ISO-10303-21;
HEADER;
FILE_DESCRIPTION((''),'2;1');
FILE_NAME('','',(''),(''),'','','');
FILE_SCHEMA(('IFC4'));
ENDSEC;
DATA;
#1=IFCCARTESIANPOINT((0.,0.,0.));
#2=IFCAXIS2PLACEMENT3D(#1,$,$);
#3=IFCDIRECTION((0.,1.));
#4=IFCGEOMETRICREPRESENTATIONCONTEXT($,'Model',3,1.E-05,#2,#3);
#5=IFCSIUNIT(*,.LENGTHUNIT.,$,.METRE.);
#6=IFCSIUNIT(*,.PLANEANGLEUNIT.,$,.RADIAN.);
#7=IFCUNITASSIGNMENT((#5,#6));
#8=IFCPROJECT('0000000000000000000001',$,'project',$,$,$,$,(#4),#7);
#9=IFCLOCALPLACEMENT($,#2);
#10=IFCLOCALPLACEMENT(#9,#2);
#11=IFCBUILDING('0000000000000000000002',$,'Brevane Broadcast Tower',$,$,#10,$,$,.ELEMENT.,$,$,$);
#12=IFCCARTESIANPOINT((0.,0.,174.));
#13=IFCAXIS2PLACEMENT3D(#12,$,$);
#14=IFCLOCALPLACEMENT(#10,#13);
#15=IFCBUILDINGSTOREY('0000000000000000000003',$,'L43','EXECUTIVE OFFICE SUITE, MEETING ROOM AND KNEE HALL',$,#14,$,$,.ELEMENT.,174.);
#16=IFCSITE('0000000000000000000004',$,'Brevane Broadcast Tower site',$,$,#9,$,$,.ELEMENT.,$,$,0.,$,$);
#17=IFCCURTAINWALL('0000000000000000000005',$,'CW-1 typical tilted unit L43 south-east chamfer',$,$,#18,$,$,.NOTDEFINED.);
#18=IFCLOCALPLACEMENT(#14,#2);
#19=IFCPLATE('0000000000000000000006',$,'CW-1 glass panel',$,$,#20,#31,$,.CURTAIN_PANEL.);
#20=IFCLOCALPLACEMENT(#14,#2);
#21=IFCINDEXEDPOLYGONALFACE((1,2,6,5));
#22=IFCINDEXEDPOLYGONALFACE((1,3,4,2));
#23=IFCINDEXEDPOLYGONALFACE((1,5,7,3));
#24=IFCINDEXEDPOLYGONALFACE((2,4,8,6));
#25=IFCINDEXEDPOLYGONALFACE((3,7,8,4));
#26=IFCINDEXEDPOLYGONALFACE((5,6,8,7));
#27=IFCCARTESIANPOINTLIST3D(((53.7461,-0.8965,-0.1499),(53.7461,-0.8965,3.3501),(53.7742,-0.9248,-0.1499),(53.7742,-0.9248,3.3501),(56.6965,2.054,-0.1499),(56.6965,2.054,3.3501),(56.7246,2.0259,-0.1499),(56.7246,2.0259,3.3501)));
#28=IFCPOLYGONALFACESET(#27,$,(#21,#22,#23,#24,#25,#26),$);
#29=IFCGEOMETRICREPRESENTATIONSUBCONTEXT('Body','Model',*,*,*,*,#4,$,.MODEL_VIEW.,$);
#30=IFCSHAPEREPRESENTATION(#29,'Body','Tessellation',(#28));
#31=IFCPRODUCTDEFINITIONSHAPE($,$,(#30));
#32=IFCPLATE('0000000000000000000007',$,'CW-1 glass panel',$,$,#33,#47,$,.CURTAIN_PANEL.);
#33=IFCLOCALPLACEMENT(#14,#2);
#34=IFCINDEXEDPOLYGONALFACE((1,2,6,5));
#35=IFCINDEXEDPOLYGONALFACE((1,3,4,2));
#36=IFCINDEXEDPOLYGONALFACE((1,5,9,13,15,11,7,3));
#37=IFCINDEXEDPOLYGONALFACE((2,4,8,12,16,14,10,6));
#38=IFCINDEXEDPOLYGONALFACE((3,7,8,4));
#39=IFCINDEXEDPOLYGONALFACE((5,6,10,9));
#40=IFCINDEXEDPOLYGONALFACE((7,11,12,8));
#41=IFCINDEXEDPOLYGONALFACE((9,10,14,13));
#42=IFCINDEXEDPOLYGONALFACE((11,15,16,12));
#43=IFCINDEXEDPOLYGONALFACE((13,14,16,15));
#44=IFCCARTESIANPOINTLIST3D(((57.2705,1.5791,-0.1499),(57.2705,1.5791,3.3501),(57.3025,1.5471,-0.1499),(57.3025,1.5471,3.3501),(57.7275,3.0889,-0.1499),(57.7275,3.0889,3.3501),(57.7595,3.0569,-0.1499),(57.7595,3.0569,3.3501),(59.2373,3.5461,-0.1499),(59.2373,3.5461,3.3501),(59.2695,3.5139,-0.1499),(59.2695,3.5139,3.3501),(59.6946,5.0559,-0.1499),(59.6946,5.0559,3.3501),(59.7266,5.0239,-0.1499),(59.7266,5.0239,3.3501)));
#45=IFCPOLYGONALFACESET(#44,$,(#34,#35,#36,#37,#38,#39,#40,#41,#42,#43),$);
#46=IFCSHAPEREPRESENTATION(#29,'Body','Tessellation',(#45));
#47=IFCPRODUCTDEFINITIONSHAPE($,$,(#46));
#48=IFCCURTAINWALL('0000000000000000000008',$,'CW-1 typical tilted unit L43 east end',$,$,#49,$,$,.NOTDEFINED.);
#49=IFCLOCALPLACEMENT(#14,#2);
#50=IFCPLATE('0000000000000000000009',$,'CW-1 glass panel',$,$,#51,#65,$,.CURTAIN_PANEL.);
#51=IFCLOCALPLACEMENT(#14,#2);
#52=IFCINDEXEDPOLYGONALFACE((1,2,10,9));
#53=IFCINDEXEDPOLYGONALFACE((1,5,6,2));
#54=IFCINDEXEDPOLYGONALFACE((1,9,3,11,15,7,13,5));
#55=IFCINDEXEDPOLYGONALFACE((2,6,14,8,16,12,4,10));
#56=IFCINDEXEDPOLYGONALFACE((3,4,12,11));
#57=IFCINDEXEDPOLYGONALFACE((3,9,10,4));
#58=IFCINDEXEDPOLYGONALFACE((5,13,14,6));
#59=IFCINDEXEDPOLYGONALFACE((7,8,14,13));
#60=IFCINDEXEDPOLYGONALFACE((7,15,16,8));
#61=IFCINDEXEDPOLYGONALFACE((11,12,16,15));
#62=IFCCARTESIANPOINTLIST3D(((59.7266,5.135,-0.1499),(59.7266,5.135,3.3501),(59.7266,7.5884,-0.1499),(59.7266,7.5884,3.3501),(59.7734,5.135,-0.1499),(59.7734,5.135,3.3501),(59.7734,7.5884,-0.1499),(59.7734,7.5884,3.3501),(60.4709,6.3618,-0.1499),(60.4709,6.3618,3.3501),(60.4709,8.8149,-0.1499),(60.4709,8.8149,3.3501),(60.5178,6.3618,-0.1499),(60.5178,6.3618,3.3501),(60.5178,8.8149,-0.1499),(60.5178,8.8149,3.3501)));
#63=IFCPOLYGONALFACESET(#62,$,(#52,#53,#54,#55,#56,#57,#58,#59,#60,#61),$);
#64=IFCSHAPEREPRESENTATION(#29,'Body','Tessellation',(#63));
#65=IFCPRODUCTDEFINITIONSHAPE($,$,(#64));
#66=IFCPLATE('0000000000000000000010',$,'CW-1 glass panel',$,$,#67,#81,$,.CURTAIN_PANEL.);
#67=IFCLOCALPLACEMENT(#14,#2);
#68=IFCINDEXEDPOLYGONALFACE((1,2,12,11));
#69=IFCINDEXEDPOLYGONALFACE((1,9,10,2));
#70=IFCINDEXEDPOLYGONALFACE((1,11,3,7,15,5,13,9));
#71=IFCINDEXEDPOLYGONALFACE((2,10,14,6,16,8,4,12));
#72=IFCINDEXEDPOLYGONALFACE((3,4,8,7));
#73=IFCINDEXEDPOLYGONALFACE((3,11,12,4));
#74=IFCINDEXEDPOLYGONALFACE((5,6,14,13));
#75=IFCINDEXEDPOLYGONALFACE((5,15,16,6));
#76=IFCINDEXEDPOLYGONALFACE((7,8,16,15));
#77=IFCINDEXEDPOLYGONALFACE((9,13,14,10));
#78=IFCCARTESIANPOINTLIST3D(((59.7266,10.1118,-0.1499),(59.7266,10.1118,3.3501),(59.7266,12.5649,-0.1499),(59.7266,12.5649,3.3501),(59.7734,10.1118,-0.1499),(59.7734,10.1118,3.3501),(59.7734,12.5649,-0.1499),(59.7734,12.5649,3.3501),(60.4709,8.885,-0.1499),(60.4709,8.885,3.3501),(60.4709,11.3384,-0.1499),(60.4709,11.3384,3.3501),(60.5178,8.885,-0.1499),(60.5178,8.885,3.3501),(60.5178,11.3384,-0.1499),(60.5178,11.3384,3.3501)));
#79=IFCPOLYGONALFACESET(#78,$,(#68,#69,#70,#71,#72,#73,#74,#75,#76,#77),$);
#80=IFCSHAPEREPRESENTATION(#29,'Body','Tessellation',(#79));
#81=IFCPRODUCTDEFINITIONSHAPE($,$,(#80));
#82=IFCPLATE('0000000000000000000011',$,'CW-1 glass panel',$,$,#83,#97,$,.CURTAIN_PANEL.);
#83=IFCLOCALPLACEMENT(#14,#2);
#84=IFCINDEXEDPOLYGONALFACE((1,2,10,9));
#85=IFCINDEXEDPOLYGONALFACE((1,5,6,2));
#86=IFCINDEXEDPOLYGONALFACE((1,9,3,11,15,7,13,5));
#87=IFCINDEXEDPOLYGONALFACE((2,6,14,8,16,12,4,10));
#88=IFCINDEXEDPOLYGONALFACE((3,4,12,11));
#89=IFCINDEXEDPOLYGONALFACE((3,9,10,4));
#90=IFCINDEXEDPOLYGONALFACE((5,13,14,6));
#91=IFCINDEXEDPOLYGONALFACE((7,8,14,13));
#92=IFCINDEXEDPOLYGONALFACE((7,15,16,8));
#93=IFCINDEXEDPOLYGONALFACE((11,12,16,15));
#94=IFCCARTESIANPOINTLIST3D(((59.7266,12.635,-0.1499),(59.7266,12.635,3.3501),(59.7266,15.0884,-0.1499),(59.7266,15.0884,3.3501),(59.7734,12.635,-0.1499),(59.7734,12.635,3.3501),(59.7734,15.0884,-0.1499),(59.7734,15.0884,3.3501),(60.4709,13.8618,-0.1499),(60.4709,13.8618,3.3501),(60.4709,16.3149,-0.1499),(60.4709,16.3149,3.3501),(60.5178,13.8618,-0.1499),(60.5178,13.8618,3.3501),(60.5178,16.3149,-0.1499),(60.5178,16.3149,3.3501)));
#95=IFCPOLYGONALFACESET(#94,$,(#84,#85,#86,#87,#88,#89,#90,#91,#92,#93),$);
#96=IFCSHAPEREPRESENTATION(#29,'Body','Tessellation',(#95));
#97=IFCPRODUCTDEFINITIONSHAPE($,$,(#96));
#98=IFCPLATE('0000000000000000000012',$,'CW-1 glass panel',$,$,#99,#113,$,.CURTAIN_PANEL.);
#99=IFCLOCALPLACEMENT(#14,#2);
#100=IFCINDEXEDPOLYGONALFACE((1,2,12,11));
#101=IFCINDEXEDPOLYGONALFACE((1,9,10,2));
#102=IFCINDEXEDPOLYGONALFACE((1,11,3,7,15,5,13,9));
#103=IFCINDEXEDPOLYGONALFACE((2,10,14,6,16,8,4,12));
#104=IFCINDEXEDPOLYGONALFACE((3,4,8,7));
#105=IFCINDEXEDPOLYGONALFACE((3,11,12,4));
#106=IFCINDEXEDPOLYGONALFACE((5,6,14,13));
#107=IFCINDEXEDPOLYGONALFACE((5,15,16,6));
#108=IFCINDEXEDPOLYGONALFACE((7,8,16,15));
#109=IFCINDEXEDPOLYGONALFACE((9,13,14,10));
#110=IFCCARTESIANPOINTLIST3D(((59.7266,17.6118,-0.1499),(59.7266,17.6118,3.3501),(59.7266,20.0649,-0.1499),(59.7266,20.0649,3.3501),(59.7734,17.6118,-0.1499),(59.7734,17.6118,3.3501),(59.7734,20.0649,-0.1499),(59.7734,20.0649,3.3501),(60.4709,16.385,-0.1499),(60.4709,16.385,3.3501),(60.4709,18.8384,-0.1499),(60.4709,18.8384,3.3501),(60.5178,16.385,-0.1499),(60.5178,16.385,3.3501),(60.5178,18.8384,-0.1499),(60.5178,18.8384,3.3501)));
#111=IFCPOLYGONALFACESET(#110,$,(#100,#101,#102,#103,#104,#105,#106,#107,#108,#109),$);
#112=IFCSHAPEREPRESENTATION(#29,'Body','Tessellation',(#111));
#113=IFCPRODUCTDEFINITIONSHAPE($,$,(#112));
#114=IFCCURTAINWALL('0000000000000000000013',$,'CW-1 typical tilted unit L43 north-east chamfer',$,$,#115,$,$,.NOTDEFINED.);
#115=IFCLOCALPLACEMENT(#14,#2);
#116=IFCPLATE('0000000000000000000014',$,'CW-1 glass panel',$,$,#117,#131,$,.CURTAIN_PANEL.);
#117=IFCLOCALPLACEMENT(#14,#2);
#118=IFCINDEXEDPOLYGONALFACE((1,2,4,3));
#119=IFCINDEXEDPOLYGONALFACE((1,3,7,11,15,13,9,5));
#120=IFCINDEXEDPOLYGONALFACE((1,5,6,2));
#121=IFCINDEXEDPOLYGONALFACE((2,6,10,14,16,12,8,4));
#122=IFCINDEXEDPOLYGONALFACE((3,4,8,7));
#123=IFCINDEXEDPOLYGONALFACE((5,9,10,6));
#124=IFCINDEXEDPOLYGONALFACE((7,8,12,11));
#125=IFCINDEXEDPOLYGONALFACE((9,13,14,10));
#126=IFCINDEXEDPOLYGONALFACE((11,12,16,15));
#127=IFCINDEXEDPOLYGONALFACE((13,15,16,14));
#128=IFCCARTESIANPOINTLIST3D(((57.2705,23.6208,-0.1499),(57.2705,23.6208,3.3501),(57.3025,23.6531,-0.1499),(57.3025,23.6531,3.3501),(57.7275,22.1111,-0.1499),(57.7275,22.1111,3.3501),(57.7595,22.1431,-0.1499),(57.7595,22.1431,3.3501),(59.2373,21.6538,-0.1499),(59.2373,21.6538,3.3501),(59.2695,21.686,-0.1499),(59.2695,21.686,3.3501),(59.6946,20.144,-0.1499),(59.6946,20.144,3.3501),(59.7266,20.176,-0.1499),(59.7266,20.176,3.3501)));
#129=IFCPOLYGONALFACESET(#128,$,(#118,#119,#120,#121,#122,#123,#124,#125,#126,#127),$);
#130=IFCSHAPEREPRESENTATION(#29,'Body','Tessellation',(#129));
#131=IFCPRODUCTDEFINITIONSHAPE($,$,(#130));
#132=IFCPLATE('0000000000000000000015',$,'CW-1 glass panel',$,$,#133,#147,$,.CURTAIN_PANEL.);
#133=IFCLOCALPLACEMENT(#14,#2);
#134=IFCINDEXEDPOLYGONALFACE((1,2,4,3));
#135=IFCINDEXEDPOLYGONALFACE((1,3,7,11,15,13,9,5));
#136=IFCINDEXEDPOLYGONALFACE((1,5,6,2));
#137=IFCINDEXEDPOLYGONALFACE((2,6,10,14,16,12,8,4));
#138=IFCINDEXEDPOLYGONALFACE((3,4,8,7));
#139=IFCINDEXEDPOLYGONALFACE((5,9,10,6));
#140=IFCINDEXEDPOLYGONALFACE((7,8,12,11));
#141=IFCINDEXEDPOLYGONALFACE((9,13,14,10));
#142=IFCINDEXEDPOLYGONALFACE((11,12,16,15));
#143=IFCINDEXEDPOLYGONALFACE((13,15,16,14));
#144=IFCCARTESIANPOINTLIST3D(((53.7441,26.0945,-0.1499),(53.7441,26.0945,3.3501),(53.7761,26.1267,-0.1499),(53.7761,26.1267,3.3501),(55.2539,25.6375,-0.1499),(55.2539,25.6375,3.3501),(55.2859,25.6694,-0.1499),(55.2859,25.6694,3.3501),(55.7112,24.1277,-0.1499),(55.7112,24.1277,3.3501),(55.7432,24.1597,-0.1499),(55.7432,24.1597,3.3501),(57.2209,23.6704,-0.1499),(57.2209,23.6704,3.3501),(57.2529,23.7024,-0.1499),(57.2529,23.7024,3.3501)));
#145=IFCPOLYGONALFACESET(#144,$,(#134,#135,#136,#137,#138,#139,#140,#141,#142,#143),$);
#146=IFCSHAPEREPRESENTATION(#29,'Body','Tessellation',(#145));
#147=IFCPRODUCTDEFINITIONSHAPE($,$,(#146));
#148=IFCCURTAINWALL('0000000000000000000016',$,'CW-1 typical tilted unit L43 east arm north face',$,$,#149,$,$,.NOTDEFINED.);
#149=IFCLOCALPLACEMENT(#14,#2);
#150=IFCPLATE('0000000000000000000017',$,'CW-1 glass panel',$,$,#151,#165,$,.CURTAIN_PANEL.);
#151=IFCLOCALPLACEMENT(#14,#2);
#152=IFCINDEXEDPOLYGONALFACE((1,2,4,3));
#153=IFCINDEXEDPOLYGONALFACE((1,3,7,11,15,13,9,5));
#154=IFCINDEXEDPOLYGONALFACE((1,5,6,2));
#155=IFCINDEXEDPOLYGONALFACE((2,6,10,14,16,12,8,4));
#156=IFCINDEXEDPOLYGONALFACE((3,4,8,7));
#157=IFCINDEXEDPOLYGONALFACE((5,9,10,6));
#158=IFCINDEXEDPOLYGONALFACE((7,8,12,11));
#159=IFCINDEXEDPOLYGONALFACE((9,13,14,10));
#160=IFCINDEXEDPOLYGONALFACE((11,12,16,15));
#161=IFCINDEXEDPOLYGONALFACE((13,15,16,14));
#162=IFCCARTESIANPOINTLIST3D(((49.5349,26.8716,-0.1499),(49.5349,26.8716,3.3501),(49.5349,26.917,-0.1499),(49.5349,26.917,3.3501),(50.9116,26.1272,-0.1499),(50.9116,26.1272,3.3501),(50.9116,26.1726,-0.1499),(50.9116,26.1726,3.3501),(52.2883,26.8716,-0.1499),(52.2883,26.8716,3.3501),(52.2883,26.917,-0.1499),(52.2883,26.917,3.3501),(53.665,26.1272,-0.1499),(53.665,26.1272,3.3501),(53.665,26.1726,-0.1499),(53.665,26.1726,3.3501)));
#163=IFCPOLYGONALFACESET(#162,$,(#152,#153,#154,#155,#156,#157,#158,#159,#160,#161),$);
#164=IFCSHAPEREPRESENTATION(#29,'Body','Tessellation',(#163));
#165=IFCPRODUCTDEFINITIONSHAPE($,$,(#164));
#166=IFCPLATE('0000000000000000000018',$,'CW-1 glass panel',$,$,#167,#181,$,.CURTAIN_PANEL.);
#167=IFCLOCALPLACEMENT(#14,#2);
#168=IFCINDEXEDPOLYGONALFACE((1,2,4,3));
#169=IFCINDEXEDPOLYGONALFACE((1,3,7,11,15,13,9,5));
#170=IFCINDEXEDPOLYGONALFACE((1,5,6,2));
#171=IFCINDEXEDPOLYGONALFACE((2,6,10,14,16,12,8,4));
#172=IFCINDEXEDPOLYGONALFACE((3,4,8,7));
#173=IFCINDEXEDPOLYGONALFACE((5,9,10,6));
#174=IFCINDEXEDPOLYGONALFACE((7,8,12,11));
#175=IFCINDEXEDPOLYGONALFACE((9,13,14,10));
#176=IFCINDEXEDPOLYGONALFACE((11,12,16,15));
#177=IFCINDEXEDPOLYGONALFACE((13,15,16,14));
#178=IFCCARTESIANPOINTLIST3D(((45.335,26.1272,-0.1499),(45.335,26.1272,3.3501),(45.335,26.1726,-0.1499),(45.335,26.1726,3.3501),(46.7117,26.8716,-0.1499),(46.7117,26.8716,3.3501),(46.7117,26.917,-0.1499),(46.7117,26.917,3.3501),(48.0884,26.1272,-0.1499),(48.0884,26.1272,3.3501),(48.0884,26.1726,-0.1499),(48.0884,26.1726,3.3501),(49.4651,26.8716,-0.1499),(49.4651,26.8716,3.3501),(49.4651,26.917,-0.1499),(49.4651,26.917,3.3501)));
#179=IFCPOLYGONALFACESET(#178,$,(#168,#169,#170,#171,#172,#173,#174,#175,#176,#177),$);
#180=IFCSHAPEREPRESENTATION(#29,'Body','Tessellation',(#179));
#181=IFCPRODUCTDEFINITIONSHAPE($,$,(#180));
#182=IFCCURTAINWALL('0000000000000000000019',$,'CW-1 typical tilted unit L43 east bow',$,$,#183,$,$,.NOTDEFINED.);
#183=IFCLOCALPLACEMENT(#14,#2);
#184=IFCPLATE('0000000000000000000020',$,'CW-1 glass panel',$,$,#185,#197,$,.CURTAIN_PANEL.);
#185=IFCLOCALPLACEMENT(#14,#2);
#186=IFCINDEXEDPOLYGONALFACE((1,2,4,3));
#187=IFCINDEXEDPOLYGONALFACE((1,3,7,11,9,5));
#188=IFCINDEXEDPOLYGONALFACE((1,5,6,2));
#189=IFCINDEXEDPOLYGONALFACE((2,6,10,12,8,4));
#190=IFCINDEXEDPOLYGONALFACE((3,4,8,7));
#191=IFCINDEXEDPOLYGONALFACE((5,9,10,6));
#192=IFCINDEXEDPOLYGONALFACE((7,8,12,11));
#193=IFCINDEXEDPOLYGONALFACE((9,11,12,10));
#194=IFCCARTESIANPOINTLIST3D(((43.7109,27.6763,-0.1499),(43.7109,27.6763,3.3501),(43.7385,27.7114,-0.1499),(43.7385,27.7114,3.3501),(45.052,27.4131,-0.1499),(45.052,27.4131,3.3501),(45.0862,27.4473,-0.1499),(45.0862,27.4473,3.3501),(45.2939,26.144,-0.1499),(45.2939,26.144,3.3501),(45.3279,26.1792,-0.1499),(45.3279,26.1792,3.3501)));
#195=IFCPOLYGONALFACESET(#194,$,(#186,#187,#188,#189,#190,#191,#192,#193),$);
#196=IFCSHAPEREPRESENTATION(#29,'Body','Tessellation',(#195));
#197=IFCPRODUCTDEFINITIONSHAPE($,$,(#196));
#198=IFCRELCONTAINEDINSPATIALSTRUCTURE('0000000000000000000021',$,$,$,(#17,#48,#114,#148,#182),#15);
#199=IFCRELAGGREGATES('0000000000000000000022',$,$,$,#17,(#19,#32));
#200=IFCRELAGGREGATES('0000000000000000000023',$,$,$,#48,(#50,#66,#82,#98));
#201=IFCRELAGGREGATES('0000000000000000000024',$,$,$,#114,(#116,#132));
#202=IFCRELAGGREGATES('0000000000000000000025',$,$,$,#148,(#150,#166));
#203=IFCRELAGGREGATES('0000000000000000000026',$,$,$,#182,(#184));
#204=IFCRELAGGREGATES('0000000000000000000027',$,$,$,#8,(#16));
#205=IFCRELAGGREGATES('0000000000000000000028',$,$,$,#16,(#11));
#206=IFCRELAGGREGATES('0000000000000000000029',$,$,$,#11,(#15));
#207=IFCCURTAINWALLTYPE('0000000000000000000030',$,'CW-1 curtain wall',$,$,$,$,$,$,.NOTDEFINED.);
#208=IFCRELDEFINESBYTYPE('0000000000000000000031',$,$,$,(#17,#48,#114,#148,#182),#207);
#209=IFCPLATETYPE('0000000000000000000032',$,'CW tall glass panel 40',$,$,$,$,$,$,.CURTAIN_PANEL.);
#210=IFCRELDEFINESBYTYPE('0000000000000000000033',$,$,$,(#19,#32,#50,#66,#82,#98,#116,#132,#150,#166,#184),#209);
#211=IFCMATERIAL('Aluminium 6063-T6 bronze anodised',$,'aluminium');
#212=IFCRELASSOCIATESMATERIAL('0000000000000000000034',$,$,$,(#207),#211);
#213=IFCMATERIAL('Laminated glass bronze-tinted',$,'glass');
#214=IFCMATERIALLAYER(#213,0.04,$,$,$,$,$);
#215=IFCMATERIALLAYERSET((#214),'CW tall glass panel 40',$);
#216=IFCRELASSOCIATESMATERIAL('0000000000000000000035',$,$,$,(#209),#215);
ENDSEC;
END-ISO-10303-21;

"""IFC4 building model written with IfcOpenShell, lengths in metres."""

from ifc_helpers import new_model, si_unit, direction, frame, origin, place, context, subcontext, project, spatial, polyline, outline, extrude, material, layer, layer_set, type_object, element, aggregate, save


model = new_model("IFC4")

# Units and contexts
model_context = context("Model", 3, precision=1e-05, world=origin(), true_north=direction((0.0, 1.0)))
body_context = subcontext(model_context, "Body", "Model", "MODEL_VIEW")
ifc_project = project(units=[si_unit("LENGTHUNIT", "METRE"), si_unit("PLANEANGLEUNIT", "RADIAN")], contexts=[model_context])

# Site, building, storey
site_placement = place(None, origin())
site = spatial("IfcSite", under=ifc_project, at=site_placement, Name="Brevane Broadcast Tower site", CompositionType="ELEMENT", RefElevation=0.0)
building_placement = place(site_placement, origin())
building = spatial("IfcBuilding", under=site, at=building_placement, Name="Brevane Broadcast Tower", CompositionType="ELEMENT")
storey_placement = place(building_placement, frame((0.0, 0.0, 174.0)))
storey = spatial("IfcBuildingStorey", under=building, at=storey_placement, Name="L43", Description="EXECUTIVE OFFICE SUITE, MEETING ROOM AND KNEE HALL", CompositionType="ELEMENT", Elevation=174.0)

# Curtain walls, plates
ifc_material_1 = material(Name="Aluminium 6063-T6 bronze anodised", Category="aluminium")
curtain_wall_type = type_object("IfcCurtainWallType", Name="CW-1 curtain wall", PredefinedType="NOTDEFINED", material=ifc_material_1)
ifc_material_2 = material(Name="Laminated glass bronze-tinted", Category="glass")
ifc_layer = layer(ifc_material_2, 0.04)
ifc_layer_set = layer_set([ifc_layer], Name="CW tall glass panel 40")
plate_type = type_object("IfcPlateType", Name="CW tall glass panel 40", PredefinedType="CURTAIN_PANEL", material=ifc_layer_set)
curtain_wall_1_placement = place(storey_placement, origin())
curtain_wall_1 = element("IfcCurtainWall", 1, at=curtain_wall_1_placement, inside=storey, type_object=curtain_wall_type, Name="CW-1 typical tilted unit L43 south-east chamfer", PredefinedType="NOTDEFINED")
plate_1_placement = place(storey_placement, frame((0.0, 0.0, -0.1499)))
plate_1 = element("IfcPlate", 2, at=plate_1_placement, type_object=plate_type, Name="CW-1 glass panel", PredefinedType="CURTAIN_PANEL", context=body_context, shape_type="SweptSolid", body=[
    extrude(outline(polyline([(53.7461, -0.8965), (56.6965, 2.054), (56.7246, 2.0259), (53.7742, -0.9248), (53.7461, -0.8965)])), origin(), (0.0, 0.0, 1.0), 3.5),
])
plate_2_placement = place(storey_placement, frame((0.0, 0.0, -0.1499)))
plate_2 = element("IfcPlate", 3, at=plate_2_placement, type_object=plate_type, Name="CW-1 glass panel", PredefinedType="CURTAIN_PANEL", context=body_context, shape_type="SweptSolid", body=[
    extrude(outline(polyline([(57.2705, 1.5791), (57.3025, 1.5471), (57.7595, 3.0569), (59.2695, 3.5139), (59.7266, 5.0239), (59.6946, 5.0559), (59.2373, 3.5461), (57.7275, 3.0889), (57.2705, 1.5791)])), origin(), (0.0, 0.0, 1.0), 3.5),
])
aggregate(curtain_wall_1, [plate_1, plate_2])
curtain_wall_2_placement = place(storey_placement, origin())
curtain_wall_2 = element("IfcCurtainWall", 4, at=curtain_wall_2_placement, inside=storey, type_object=curtain_wall_type, Name="CW-1 typical tilted unit L43 east end", PredefinedType="NOTDEFINED")
plate_3_placement = place(storey_placement, frame((0.0, 0.0, -0.1499)))
plate_3 = element("IfcPlate", 5, at=plate_3_placement, type_object=plate_type, Name="CW-1 glass panel", PredefinedType="CURTAIN_PANEL", context=body_context, shape_type="SweptSolid", body=[
    extrude(outline(polyline([(59.7266, 5.135), (59.7734, 5.135), (60.5178, 6.3618), (59.7734, 7.5884), (60.5178, 8.8149), (60.4709, 8.8149), (59.7266, 7.5884), (60.4709, 6.3618), (59.7266, 5.135)])), origin(), (0.0, 0.0, 1.0), 3.5),
])
plate_4_placement = place(storey_placement, frame((0.0, 0.0, -0.1499)))
plate_4 = element("IfcPlate", 6, at=plate_4_placement, type_object=plate_type, Name="CW-1 glass panel", PredefinedType="CURTAIN_PANEL", context=body_context, shape_type="SweptSolid", body=[
    extrude(outline(polyline([(60.4709, 8.885), (60.5178, 8.885), (59.7734, 10.1118), (60.5178, 11.3384), (59.7734, 12.5649), (59.7266, 12.5649), (60.4709, 11.3384), (59.7266, 10.1118), (60.4709, 8.885)])), origin(), (0.0, 0.0, 1.0), 3.5),
])
plate_5_placement = place(storey_placement, frame((0.0, 0.0, -0.1499)))
plate_5 = element("IfcPlate", 7, at=plate_5_placement, type_object=plate_type, Name="CW-1 glass panel", PredefinedType="CURTAIN_PANEL", context=body_context, shape_type="SweptSolid", body=[
    extrude(outline(polyline([(59.7266, 12.635), (59.7734, 12.635), (60.5178, 13.8618), (59.7734, 15.0884), (60.5178, 16.3149), (60.4709, 16.3149), (59.7266, 15.0884), (60.4709, 13.8618), (59.7266, 12.635)])), origin(), (0.0, 0.0, 1.0), 3.5),
])
plate_6_placement = place(storey_placement, frame((0.0, 0.0, -0.1499)))
plate_6 = element("IfcPlate", 8, at=plate_6_placement, type_object=plate_type, Name="CW-1 glass panel", PredefinedType="CURTAIN_PANEL", context=body_context, shape_type="SweptSolid", body=[
    extrude(outline(polyline([(60.4709, 16.385), (60.5178, 16.385), (59.7734, 17.6118), (60.5178, 18.8384), (59.7734, 20.0649), (59.7266, 20.0649), (60.4709, 18.8384), (59.7266, 17.6118), (60.4709, 16.385)])), origin(), (0.0, 0.0, 1.0), 3.5),
])
aggregate(curtain_wall_2, [plate_3, plate_4, plate_5, plate_6])
curtain_wall_3_placement = place(storey_placement, origin())
curtain_wall_3 = element("IfcCurtainWall", 9, at=curtain_wall_3_placement, inside=storey, type_object=curtain_wall_type, Name="CW-1 typical tilted unit L43 north-east chamfer", PredefinedType="NOTDEFINED")
plate_7_placement = place(storey_placement, frame((0.0, 0.0, -0.1499)))
plate_7 = element("IfcPlate", 10, at=plate_7_placement, type_object=plate_type, Name="CW-1 glass panel", PredefinedType="CURTAIN_PANEL", context=body_context, shape_type="SweptSolid", body=[
    extrude(outline(polyline([(59.6946, 20.144), (59.7266, 20.176), (59.2695, 21.686), (57.7595, 22.1431), (57.3025, 23.6531), (57.2705, 23.6208), (57.7275, 22.1111), (59.2373, 21.6538), (59.6946, 20.144)])), origin(), (0.0, 0.0, 1.0), 3.5),
])
plate_8_placement = place(storey_placement, frame((0.0, 0.0, -0.1499)))
plate_8 = element("IfcPlate", 11, at=plate_8_placement, type_object=plate_type, Name="CW-1 glass panel", PredefinedType="CURTAIN_PANEL", context=body_context, shape_type="SweptSolid", body=[
    extrude(outline(polyline([(57.2209, 23.6704), (57.2529, 23.7024), (55.7432, 24.1597), (55.2859, 25.6694), (53.7761, 26.1267), (53.7441, 26.0945), (55.2539, 25.6375), (55.7112, 24.1277), (57.2209, 23.6704)])), origin(), (0.0, 0.0, 1.0), 3.5),
])
aggregate(curtain_wall_3, [plate_7, plate_8])
curtain_wall_4_placement = place(storey_placement, origin())
curtain_wall_4 = element("IfcCurtainWall", 12, at=curtain_wall_4_placement, inside=storey, type_object=curtain_wall_type, Name="CW-1 typical tilted unit L43 east arm north face", PredefinedType="NOTDEFINED")
plate_9_placement = place(storey_placement, frame((0.0, 0.0, -0.1499)))
plate_9 = element("IfcPlate", 13, at=plate_9_placement, type_object=plate_type, Name="CW-1 glass panel", PredefinedType="CURTAIN_PANEL", context=body_context, shape_type="SweptSolid", body=[
    extrude(outline(polyline([(53.665, 26.1272), (53.665, 26.1726), (52.2883, 26.917), (50.9116, 26.1726), (49.5349, 26.917), (49.5349, 26.8716), (50.9116, 26.1272), (52.2883, 26.8716), (53.665, 26.1272)])), origin(), (0.0, 0.0, 1.0), 3.5),
])
plate_10_placement = place(storey_placement, frame((0.0, 0.0, -0.1499)))
plate_10 = element("IfcPlate", 14, at=plate_10_placement, type_object=plate_type, Name="CW-1 glass panel", PredefinedType="CURTAIN_PANEL", context=body_context, shape_type="SweptSolid", body=[
    extrude(outline(polyline([(49.4651, 26.8716), (49.4651, 26.917), (48.0884, 26.1726), (46.7117, 26.917), (45.335, 26.1726), (45.335, 26.1272), (46.7117, 26.8716), (48.0884, 26.1272), (49.4651, 26.8716)])), origin(), (0.0, 0.0, 1.0), 3.5),
])
aggregate(curtain_wall_4, [plate_9, plate_10])
curtain_wall_5_placement = place(storey_placement, origin())
curtain_wall_5 = element("IfcCurtainWall", 15, at=curtain_wall_5_placement, inside=storey, type_object=curtain_wall_type, Name="CW-1 typical tilted unit L43 east bow", PredefinedType="NOTDEFINED")
plate_11_placement = place(storey_placement, frame((0.0, 0.0, -0.1499)))
plate_11 = element("IfcPlate", 16, at=plate_11_placement, type_object=plate_type, Name="CW-1 glass panel", PredefinedType="CURTAIN_PANEL", context=body_context, shape_type="SweptSolid", body=[
    extrude(outline(polyline([(45.2939, 26.144), (45.3279, 26.1792), (45.0862, 27.4473), (43.7385, 27.7114), (43.7109, 27.6763), (45.052, 27.4131), (45.2939, 26.144)])), origin(), (0.0, 0.0, 1.0), 3.5),
])
aggregate(curtain_wall_5, [plate_11])

save(model, "model.ifc")
